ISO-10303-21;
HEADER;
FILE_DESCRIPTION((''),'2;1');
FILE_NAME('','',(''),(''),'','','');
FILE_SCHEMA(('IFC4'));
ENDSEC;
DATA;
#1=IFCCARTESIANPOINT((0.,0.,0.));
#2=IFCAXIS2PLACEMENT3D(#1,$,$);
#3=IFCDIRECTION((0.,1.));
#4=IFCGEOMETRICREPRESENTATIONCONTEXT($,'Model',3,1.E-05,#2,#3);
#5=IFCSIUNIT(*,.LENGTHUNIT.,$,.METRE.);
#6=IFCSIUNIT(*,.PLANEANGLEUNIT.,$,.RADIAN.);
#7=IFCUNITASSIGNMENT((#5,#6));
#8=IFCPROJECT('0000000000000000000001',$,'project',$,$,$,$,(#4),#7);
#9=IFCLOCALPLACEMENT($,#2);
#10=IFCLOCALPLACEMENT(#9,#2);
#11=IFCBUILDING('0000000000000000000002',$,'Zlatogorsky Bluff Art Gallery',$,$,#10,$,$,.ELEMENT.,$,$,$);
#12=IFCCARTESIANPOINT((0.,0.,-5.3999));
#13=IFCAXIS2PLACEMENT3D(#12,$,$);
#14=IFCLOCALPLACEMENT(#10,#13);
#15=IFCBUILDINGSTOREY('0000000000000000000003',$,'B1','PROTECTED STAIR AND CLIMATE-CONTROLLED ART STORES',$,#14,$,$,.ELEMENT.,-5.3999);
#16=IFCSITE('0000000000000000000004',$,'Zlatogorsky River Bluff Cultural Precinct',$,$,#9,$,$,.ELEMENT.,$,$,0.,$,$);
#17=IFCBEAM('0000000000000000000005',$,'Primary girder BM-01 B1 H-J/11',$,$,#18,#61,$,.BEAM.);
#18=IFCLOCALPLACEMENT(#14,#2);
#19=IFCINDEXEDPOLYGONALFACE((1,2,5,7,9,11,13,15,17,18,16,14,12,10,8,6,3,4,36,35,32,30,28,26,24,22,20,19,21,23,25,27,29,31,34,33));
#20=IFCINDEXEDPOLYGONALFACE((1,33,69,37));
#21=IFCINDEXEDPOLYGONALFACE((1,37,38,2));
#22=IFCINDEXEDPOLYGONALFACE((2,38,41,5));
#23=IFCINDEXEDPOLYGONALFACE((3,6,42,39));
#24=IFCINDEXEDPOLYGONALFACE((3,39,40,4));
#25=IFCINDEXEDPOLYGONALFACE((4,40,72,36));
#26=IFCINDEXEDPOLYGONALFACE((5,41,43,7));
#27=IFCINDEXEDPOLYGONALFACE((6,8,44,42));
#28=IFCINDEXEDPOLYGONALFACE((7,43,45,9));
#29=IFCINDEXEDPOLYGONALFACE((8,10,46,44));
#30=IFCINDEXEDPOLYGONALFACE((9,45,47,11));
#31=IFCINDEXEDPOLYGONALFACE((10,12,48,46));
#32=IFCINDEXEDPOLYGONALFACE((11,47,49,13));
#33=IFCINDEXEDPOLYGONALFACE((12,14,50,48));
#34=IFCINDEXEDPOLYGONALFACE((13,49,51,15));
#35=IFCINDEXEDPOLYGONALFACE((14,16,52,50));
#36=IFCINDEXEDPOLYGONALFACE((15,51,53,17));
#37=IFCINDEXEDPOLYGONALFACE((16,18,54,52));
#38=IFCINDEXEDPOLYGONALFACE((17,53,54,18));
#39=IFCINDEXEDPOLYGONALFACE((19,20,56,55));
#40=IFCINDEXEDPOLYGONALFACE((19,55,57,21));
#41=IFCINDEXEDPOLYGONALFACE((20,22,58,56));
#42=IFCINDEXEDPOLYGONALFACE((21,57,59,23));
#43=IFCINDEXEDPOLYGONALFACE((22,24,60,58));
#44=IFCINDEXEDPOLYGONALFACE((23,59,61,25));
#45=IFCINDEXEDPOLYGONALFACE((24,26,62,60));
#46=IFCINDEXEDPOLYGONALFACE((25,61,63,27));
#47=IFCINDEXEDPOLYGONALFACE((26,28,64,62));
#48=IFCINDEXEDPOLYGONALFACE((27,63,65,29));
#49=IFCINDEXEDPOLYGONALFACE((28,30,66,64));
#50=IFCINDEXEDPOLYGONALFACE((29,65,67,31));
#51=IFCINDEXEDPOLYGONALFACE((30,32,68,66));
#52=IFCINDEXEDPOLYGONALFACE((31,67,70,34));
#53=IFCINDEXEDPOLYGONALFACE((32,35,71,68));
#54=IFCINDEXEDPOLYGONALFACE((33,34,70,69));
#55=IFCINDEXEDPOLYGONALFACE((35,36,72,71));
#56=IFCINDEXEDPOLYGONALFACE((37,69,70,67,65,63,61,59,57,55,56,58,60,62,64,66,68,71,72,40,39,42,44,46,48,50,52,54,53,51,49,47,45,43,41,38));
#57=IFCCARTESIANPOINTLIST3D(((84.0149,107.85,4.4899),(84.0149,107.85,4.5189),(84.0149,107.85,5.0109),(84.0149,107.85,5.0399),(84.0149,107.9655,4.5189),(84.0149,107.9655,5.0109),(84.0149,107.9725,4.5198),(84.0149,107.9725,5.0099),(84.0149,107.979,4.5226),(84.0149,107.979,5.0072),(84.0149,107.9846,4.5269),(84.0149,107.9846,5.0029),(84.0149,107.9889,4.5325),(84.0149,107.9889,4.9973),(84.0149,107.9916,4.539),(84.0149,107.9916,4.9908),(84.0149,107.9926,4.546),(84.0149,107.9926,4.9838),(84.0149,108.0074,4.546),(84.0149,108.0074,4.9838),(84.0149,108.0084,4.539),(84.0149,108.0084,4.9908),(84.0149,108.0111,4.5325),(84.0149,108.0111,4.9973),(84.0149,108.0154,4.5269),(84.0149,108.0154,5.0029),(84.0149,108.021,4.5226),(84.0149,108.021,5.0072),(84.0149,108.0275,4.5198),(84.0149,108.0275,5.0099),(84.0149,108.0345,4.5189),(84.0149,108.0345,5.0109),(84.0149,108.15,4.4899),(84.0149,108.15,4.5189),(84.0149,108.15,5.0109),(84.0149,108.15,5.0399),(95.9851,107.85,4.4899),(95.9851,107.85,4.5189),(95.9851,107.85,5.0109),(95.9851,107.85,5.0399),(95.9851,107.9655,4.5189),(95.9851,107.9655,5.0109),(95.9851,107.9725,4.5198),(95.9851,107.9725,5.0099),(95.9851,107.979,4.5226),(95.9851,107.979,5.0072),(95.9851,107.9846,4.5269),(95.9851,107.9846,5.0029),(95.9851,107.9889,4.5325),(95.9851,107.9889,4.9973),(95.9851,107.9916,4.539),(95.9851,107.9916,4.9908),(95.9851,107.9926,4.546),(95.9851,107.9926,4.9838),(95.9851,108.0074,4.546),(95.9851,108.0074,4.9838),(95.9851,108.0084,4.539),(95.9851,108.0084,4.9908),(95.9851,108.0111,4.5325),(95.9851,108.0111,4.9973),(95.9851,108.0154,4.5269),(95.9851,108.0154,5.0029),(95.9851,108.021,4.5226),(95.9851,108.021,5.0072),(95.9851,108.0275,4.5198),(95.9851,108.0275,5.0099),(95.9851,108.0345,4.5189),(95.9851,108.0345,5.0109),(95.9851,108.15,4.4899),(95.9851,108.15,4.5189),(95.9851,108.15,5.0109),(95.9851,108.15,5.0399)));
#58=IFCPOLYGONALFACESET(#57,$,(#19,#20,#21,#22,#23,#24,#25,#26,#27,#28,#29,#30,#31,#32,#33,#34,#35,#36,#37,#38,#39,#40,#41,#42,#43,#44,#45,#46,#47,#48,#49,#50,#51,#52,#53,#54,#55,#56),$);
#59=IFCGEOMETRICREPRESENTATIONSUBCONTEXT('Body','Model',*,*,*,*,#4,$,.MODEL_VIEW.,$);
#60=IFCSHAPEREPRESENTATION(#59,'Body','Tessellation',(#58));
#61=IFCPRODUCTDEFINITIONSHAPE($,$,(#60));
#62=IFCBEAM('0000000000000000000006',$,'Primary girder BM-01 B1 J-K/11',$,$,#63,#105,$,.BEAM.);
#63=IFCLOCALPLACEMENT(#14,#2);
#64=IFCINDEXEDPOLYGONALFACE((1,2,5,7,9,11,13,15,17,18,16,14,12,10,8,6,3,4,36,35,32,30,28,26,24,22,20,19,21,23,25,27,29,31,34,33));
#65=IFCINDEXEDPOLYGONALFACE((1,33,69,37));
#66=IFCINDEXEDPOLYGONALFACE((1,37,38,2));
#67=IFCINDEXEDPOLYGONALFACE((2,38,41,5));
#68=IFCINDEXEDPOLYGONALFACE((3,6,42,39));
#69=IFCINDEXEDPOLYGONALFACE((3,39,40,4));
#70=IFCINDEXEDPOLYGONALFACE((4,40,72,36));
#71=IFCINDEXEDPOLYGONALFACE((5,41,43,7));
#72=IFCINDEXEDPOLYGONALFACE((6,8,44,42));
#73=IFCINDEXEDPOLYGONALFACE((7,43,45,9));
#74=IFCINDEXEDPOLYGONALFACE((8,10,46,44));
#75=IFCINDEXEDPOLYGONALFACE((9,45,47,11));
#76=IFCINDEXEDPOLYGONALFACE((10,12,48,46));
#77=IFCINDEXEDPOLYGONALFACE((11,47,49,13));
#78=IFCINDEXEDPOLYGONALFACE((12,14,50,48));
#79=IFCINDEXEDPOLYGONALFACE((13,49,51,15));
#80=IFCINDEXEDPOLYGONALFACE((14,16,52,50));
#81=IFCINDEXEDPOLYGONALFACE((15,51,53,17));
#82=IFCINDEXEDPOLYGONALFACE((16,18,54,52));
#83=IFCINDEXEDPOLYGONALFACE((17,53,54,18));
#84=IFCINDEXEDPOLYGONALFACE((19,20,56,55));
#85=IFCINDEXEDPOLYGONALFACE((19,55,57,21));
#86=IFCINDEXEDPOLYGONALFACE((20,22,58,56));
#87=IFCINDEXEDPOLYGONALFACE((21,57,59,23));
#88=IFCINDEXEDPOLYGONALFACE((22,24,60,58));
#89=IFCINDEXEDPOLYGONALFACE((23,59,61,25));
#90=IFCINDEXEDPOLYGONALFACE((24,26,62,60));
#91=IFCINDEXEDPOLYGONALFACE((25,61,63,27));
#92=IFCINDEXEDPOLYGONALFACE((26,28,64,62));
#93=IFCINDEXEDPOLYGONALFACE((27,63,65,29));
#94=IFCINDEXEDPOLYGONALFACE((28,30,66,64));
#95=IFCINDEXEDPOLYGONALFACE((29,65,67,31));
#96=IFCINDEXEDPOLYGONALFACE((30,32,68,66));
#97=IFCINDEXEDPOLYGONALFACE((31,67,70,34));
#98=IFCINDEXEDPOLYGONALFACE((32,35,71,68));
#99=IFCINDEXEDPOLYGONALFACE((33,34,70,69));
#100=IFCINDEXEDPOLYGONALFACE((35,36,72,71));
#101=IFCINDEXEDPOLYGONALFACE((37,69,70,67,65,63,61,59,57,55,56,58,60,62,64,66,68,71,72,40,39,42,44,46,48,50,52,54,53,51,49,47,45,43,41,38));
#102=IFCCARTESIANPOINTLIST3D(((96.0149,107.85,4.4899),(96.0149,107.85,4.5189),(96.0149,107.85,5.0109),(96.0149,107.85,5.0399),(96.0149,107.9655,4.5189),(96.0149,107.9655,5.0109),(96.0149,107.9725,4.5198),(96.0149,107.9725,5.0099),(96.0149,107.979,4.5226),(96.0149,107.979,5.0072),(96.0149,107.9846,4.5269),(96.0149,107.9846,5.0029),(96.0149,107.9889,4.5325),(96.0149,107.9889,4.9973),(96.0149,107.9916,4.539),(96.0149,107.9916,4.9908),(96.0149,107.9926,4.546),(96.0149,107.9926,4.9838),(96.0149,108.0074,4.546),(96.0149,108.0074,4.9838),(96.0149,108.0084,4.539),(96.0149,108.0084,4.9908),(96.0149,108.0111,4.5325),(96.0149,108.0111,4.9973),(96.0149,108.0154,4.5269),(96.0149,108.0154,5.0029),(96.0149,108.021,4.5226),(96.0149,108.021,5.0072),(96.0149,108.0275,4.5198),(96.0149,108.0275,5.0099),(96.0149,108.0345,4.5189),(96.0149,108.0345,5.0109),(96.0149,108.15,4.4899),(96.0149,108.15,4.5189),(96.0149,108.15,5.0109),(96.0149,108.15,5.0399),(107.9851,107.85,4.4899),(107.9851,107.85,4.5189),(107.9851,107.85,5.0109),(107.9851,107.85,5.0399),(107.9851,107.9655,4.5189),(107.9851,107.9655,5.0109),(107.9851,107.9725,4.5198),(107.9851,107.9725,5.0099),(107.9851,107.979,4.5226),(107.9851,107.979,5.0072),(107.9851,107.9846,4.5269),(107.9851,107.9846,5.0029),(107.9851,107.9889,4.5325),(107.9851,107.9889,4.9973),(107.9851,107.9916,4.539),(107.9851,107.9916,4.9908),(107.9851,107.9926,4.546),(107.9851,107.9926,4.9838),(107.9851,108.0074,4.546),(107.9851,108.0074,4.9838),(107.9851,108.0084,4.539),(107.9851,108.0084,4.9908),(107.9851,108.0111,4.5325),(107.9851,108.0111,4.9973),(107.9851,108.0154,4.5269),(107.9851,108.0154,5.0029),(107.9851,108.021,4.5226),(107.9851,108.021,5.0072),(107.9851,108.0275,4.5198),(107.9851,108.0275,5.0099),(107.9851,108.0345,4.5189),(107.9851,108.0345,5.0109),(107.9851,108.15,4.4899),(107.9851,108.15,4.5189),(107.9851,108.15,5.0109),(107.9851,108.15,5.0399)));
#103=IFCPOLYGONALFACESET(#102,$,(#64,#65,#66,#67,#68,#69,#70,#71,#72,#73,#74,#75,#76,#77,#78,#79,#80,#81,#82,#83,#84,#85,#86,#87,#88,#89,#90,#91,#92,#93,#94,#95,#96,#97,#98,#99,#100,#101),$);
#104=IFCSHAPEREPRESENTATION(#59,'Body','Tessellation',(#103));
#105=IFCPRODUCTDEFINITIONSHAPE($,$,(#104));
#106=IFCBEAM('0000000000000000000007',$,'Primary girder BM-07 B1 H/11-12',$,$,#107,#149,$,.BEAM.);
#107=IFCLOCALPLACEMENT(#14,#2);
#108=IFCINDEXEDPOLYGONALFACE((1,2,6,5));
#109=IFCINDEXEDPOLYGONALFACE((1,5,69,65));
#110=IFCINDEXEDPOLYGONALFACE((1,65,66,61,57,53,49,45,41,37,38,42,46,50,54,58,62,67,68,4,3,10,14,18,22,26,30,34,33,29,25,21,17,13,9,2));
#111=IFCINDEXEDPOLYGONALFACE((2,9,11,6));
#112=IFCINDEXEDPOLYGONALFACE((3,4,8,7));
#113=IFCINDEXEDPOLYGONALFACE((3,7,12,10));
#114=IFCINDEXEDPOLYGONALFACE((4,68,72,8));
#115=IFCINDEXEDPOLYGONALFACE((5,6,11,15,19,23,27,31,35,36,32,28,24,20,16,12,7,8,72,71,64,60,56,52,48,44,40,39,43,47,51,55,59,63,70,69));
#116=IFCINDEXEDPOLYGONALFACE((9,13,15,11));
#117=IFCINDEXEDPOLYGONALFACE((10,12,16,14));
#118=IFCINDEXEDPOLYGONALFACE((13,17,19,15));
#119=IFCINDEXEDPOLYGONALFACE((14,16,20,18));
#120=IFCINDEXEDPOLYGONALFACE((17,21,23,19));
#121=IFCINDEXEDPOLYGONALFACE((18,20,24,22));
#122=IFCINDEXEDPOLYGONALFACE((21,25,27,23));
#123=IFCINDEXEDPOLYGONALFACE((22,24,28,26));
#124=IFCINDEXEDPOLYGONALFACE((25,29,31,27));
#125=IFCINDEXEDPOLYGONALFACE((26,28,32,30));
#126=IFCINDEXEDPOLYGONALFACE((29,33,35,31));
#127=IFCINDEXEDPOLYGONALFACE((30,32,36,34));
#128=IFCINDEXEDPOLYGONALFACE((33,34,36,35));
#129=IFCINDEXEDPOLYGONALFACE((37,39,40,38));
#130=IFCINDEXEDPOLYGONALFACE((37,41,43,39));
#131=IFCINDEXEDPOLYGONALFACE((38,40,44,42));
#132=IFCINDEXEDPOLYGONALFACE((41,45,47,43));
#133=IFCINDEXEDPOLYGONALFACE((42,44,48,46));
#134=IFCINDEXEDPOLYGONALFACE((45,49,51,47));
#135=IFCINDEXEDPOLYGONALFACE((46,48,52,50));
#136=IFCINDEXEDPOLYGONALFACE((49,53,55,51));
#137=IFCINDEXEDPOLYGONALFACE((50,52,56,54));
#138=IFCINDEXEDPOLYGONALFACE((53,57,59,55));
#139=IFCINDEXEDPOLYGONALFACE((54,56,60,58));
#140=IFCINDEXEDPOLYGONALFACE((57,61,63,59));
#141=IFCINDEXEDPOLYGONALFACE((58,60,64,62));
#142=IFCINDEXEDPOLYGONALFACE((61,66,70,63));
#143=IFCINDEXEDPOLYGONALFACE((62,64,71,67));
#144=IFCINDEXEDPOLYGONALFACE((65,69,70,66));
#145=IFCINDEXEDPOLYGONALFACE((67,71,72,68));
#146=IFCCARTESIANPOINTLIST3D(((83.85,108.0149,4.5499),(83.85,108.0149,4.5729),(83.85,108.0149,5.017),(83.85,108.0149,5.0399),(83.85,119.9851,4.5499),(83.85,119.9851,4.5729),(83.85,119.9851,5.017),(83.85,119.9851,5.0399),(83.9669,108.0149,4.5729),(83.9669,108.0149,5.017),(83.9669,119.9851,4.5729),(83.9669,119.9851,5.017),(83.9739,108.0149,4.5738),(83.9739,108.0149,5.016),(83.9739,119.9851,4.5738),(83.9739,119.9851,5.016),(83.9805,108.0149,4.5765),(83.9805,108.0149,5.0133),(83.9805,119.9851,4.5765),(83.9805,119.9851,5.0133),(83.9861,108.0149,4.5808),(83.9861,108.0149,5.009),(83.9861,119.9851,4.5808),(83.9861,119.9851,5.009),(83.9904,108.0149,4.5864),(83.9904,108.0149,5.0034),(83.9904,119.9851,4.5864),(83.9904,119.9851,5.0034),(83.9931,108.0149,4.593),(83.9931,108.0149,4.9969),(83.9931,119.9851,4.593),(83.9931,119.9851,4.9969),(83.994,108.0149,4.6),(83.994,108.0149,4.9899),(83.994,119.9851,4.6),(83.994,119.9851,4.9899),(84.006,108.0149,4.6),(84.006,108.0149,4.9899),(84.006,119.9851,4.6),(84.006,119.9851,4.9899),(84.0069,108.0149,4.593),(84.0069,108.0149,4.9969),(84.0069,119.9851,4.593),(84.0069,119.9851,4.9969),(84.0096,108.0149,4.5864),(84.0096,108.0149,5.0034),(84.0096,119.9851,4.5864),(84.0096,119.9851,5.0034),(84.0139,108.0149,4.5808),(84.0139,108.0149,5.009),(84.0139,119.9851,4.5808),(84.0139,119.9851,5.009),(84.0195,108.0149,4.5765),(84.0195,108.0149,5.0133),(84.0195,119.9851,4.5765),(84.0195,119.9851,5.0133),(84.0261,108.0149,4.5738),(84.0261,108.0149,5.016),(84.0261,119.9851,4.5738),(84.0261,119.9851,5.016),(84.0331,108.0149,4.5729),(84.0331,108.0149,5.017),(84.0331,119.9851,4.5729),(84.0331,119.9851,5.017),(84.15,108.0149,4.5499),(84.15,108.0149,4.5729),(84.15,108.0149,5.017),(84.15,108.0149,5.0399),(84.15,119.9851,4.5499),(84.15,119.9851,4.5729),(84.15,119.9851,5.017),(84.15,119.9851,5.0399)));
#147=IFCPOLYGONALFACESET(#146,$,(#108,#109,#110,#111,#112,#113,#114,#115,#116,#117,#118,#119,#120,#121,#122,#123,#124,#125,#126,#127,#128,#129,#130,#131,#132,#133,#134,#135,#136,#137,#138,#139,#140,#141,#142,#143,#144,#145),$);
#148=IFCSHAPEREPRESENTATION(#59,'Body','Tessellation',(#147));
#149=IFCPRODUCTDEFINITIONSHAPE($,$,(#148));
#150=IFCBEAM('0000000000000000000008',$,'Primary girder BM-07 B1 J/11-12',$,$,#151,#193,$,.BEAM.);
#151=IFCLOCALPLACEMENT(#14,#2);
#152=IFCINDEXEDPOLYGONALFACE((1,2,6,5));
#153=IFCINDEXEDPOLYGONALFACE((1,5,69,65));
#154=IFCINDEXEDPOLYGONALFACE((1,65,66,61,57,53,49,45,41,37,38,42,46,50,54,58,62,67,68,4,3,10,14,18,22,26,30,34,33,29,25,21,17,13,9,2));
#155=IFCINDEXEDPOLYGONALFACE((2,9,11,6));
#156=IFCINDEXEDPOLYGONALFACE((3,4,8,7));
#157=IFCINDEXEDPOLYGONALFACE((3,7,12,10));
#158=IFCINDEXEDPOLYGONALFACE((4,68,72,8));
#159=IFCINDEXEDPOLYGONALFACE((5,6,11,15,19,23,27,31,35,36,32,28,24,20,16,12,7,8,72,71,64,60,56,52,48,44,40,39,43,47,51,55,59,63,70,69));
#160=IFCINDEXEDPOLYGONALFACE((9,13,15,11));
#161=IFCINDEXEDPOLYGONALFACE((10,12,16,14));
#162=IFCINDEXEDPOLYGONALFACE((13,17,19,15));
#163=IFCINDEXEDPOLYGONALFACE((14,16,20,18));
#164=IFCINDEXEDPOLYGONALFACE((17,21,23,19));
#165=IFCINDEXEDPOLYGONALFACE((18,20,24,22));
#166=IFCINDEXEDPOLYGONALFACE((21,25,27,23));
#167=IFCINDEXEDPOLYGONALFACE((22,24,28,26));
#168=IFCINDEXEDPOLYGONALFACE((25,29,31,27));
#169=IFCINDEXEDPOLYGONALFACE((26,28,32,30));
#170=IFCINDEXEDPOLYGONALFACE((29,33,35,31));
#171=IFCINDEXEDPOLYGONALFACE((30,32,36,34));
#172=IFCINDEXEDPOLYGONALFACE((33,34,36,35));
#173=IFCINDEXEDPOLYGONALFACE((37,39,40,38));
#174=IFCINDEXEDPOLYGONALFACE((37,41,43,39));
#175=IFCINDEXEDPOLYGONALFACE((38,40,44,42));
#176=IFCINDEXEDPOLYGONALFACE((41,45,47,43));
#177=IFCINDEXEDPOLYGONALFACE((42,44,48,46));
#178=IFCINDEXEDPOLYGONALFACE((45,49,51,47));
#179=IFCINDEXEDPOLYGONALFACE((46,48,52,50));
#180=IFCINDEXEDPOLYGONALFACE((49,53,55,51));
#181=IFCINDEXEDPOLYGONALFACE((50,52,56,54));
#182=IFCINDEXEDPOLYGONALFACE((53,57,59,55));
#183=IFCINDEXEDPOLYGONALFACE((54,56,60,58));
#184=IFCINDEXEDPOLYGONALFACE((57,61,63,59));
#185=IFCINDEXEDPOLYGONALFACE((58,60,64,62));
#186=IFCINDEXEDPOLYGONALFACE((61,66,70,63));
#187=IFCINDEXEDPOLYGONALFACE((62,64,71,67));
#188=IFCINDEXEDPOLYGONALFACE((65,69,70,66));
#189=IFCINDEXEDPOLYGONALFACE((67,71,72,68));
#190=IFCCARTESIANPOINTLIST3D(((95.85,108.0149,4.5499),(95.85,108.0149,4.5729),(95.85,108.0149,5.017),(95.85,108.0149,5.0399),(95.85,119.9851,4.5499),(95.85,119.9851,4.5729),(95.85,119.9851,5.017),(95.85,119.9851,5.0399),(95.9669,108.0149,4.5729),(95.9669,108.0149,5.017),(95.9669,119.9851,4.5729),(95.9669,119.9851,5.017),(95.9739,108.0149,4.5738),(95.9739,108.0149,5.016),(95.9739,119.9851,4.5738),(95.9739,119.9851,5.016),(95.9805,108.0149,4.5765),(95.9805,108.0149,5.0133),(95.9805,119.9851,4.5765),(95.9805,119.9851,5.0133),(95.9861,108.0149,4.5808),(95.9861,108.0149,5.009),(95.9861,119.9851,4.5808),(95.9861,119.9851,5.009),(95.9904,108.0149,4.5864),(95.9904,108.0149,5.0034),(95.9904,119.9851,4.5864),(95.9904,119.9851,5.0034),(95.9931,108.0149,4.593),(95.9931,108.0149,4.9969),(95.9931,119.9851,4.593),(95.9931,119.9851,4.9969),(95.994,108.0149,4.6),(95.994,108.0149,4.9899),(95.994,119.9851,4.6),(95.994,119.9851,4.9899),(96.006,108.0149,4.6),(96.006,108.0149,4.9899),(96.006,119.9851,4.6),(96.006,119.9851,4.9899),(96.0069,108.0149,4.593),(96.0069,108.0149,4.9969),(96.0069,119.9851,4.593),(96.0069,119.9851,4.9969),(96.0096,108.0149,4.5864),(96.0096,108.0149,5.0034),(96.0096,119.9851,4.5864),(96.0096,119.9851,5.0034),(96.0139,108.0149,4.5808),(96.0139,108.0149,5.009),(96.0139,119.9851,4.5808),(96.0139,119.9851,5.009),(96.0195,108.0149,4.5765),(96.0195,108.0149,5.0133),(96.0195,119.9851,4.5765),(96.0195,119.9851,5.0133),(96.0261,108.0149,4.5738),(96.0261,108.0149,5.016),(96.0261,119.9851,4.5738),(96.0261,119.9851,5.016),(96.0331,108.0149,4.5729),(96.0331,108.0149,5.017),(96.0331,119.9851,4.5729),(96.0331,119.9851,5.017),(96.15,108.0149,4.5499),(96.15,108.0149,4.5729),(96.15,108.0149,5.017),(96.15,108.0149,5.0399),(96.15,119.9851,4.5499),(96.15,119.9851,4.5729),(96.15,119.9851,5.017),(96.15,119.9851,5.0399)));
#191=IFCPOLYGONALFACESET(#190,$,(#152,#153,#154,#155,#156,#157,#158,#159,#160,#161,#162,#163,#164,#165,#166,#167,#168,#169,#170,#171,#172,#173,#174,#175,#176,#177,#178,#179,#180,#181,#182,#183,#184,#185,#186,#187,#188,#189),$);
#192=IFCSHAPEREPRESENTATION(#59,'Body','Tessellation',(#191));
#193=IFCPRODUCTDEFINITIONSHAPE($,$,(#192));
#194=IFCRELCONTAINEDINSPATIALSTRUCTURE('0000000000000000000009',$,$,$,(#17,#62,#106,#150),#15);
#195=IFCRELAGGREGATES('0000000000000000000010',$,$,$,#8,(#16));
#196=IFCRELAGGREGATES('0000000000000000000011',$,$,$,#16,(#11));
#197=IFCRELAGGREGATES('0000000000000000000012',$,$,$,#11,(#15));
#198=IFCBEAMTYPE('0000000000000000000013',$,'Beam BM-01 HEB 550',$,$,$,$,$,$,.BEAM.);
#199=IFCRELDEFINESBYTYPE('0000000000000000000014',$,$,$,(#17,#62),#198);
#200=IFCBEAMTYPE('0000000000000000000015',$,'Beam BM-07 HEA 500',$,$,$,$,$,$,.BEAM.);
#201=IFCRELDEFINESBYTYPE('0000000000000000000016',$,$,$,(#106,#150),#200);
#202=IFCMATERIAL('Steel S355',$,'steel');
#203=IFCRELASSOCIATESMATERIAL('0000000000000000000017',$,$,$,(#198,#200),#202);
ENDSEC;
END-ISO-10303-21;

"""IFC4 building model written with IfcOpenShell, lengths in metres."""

from ifc_helpers import new_model, si_unit, direction, frame, origin, origin_2d, place, context, subcontext, project, spatial, i_section, extrude, material, material_profile, profile_set, type_object, element, save


model = new_model("IFC4")

# Units and contexts
model_context = context("Model", 3, precision=1e-05, world=origin(), true_north=direction((0.0, 1.0)))
body_context = subcontext(model_context, "Body", "Model", "MODEL_VIEW")
ifc_project = project(units=[si_unit("LENGTHUNIT", "METRE"), si_unit("PLANEANGLEUNIT", "RADIAN")], contexts=[model_context])

# Site, building, storey
site_placement = place(None, origin())
site = spatial("IfcSite", under=ifc_project, at=site_placement, Name="Zlatogorsky River Bluff Cultural Precinct", CompositionType="ELEMENT", RefElevation=0.0)
building_placement = place(site_placement, origin())
building = spatial("IfcBuilding", under=site, at=building_placement, Name="Zlatogorsky Bluff Art Gallery", CompositionType="ELEMENT")
storey_placement = place(building_placement, frame((0.0, 0.0, -5.3999)))
storey = spatial("IfcBuildingStorey", under=building, at=storey_placement, Name="B1", Description="PROTECTED STAIR AND CLIMATE-CONTROLLED ART STORES", CompositionType="ELEMENT", Elevation=-5.3999)

# Shared definitions
ifc_material_1 = material(Name="Steel S355", Category="steel")

# Beams
ifc_material_profile_1 = material_profile(ifc_material_1, i_section(OverallWidth=0.3, OverallDepth=0.55, WebThickness=0.0149, FlangeThickness=0.0291, FilletRadius=0.0271, at=origin_2d()), Name="HEB 550")
ifc_profile_set_1 = profile_set([ifc_material_profile_1], Name="Steel S355")
beam_type_1 = type_object("IfcBeamType", Name="Beam BM-01 HEB 550", PredefinedType="BEAM", material=ifc_profile_set_1)
for number, where, z_axis, x_axis, name in (
    (1, (84.0149, 108.0, 4.7649), (1.0, 0.0, 0.0), (0.0, 1.0, 0.0), "Primary girder BM-01 B1 H-J/11"),
    (2, (96.0149, 108.0, 4.7649), (1.0, 0.0, 0.0), (0.0, 1.0, 0.0), "Primary girder BM-01 B1 J-K/11"),
):
    element("IfcBeam", number, at=place(storey_placement, frame(where, z_axis=z_axis, x_axis=x_axis)), inside=storey, type_object=beam_type_1, Name=name, PredefinedType="BEAM", context=body_context, shape_type="SweptSolid", body=[
        extrude(i_section(OverallWidth=0.3, OverallDepth=0.55, WebThickness=0.0149, FlangeThickness=0.0291, FilletRadius=0.0271, at=origin_2d()), origin(), (0.0, 0.0, 1.0), 11.9702),
    ])
ifc_material_profile_2 = material_profile(ifc_material_1, i_section(OverallWidth=0.3, OverallDepth=0.49, WebThickness=0.012, FlangeThickness=0.0229, FilletRadius=0.0271, at=origin_2d()), Name="HEA 500")
ifc_profile_set_2 = profile_set([ifc_material_profile_2], Name="Steel S355")
beam_type_2 = type_object("IfcBeamType", Name="Beam BM-07 HEA 500", PredefinedType="BEAM", material=ifc_profile_set_2)
for number, where, z_axis, x_axis, name in (
    (3, (84.0, 108.0149, 4.7949), (0.0, 1.0, 0.0), (-1.0, 0.0, 0.0), "Primary girder BM-07 B1 H/11-12"),
    (4, (96.0, 108.0149, 4.7949), (0.0, 1.0, 0.0), (-1.0, 0.0, 0.0), "Primary girder BM-07 B1 J/11-12"),
):
    element("IfcBeam", number, at=place(storey_placement, frame(where, z_axis=z_axis, x_axis=x_axis)), inside=storey, type_object=beam_type_2, Name=name, PredefinedType="BEAM", context=body_context, shape_type="SweptSolid", body=[
        extrude(i_section(OverallWidth=0.3, OverallDepth=0.49, WebThickness=0.012, FlangeThickness=0.0229, FilletRadius=0.0271, at=origin_2d()), origin(), (0.0, 0.0, 1.0), 11.9702),
    ])

save(model, "model.ifc")
